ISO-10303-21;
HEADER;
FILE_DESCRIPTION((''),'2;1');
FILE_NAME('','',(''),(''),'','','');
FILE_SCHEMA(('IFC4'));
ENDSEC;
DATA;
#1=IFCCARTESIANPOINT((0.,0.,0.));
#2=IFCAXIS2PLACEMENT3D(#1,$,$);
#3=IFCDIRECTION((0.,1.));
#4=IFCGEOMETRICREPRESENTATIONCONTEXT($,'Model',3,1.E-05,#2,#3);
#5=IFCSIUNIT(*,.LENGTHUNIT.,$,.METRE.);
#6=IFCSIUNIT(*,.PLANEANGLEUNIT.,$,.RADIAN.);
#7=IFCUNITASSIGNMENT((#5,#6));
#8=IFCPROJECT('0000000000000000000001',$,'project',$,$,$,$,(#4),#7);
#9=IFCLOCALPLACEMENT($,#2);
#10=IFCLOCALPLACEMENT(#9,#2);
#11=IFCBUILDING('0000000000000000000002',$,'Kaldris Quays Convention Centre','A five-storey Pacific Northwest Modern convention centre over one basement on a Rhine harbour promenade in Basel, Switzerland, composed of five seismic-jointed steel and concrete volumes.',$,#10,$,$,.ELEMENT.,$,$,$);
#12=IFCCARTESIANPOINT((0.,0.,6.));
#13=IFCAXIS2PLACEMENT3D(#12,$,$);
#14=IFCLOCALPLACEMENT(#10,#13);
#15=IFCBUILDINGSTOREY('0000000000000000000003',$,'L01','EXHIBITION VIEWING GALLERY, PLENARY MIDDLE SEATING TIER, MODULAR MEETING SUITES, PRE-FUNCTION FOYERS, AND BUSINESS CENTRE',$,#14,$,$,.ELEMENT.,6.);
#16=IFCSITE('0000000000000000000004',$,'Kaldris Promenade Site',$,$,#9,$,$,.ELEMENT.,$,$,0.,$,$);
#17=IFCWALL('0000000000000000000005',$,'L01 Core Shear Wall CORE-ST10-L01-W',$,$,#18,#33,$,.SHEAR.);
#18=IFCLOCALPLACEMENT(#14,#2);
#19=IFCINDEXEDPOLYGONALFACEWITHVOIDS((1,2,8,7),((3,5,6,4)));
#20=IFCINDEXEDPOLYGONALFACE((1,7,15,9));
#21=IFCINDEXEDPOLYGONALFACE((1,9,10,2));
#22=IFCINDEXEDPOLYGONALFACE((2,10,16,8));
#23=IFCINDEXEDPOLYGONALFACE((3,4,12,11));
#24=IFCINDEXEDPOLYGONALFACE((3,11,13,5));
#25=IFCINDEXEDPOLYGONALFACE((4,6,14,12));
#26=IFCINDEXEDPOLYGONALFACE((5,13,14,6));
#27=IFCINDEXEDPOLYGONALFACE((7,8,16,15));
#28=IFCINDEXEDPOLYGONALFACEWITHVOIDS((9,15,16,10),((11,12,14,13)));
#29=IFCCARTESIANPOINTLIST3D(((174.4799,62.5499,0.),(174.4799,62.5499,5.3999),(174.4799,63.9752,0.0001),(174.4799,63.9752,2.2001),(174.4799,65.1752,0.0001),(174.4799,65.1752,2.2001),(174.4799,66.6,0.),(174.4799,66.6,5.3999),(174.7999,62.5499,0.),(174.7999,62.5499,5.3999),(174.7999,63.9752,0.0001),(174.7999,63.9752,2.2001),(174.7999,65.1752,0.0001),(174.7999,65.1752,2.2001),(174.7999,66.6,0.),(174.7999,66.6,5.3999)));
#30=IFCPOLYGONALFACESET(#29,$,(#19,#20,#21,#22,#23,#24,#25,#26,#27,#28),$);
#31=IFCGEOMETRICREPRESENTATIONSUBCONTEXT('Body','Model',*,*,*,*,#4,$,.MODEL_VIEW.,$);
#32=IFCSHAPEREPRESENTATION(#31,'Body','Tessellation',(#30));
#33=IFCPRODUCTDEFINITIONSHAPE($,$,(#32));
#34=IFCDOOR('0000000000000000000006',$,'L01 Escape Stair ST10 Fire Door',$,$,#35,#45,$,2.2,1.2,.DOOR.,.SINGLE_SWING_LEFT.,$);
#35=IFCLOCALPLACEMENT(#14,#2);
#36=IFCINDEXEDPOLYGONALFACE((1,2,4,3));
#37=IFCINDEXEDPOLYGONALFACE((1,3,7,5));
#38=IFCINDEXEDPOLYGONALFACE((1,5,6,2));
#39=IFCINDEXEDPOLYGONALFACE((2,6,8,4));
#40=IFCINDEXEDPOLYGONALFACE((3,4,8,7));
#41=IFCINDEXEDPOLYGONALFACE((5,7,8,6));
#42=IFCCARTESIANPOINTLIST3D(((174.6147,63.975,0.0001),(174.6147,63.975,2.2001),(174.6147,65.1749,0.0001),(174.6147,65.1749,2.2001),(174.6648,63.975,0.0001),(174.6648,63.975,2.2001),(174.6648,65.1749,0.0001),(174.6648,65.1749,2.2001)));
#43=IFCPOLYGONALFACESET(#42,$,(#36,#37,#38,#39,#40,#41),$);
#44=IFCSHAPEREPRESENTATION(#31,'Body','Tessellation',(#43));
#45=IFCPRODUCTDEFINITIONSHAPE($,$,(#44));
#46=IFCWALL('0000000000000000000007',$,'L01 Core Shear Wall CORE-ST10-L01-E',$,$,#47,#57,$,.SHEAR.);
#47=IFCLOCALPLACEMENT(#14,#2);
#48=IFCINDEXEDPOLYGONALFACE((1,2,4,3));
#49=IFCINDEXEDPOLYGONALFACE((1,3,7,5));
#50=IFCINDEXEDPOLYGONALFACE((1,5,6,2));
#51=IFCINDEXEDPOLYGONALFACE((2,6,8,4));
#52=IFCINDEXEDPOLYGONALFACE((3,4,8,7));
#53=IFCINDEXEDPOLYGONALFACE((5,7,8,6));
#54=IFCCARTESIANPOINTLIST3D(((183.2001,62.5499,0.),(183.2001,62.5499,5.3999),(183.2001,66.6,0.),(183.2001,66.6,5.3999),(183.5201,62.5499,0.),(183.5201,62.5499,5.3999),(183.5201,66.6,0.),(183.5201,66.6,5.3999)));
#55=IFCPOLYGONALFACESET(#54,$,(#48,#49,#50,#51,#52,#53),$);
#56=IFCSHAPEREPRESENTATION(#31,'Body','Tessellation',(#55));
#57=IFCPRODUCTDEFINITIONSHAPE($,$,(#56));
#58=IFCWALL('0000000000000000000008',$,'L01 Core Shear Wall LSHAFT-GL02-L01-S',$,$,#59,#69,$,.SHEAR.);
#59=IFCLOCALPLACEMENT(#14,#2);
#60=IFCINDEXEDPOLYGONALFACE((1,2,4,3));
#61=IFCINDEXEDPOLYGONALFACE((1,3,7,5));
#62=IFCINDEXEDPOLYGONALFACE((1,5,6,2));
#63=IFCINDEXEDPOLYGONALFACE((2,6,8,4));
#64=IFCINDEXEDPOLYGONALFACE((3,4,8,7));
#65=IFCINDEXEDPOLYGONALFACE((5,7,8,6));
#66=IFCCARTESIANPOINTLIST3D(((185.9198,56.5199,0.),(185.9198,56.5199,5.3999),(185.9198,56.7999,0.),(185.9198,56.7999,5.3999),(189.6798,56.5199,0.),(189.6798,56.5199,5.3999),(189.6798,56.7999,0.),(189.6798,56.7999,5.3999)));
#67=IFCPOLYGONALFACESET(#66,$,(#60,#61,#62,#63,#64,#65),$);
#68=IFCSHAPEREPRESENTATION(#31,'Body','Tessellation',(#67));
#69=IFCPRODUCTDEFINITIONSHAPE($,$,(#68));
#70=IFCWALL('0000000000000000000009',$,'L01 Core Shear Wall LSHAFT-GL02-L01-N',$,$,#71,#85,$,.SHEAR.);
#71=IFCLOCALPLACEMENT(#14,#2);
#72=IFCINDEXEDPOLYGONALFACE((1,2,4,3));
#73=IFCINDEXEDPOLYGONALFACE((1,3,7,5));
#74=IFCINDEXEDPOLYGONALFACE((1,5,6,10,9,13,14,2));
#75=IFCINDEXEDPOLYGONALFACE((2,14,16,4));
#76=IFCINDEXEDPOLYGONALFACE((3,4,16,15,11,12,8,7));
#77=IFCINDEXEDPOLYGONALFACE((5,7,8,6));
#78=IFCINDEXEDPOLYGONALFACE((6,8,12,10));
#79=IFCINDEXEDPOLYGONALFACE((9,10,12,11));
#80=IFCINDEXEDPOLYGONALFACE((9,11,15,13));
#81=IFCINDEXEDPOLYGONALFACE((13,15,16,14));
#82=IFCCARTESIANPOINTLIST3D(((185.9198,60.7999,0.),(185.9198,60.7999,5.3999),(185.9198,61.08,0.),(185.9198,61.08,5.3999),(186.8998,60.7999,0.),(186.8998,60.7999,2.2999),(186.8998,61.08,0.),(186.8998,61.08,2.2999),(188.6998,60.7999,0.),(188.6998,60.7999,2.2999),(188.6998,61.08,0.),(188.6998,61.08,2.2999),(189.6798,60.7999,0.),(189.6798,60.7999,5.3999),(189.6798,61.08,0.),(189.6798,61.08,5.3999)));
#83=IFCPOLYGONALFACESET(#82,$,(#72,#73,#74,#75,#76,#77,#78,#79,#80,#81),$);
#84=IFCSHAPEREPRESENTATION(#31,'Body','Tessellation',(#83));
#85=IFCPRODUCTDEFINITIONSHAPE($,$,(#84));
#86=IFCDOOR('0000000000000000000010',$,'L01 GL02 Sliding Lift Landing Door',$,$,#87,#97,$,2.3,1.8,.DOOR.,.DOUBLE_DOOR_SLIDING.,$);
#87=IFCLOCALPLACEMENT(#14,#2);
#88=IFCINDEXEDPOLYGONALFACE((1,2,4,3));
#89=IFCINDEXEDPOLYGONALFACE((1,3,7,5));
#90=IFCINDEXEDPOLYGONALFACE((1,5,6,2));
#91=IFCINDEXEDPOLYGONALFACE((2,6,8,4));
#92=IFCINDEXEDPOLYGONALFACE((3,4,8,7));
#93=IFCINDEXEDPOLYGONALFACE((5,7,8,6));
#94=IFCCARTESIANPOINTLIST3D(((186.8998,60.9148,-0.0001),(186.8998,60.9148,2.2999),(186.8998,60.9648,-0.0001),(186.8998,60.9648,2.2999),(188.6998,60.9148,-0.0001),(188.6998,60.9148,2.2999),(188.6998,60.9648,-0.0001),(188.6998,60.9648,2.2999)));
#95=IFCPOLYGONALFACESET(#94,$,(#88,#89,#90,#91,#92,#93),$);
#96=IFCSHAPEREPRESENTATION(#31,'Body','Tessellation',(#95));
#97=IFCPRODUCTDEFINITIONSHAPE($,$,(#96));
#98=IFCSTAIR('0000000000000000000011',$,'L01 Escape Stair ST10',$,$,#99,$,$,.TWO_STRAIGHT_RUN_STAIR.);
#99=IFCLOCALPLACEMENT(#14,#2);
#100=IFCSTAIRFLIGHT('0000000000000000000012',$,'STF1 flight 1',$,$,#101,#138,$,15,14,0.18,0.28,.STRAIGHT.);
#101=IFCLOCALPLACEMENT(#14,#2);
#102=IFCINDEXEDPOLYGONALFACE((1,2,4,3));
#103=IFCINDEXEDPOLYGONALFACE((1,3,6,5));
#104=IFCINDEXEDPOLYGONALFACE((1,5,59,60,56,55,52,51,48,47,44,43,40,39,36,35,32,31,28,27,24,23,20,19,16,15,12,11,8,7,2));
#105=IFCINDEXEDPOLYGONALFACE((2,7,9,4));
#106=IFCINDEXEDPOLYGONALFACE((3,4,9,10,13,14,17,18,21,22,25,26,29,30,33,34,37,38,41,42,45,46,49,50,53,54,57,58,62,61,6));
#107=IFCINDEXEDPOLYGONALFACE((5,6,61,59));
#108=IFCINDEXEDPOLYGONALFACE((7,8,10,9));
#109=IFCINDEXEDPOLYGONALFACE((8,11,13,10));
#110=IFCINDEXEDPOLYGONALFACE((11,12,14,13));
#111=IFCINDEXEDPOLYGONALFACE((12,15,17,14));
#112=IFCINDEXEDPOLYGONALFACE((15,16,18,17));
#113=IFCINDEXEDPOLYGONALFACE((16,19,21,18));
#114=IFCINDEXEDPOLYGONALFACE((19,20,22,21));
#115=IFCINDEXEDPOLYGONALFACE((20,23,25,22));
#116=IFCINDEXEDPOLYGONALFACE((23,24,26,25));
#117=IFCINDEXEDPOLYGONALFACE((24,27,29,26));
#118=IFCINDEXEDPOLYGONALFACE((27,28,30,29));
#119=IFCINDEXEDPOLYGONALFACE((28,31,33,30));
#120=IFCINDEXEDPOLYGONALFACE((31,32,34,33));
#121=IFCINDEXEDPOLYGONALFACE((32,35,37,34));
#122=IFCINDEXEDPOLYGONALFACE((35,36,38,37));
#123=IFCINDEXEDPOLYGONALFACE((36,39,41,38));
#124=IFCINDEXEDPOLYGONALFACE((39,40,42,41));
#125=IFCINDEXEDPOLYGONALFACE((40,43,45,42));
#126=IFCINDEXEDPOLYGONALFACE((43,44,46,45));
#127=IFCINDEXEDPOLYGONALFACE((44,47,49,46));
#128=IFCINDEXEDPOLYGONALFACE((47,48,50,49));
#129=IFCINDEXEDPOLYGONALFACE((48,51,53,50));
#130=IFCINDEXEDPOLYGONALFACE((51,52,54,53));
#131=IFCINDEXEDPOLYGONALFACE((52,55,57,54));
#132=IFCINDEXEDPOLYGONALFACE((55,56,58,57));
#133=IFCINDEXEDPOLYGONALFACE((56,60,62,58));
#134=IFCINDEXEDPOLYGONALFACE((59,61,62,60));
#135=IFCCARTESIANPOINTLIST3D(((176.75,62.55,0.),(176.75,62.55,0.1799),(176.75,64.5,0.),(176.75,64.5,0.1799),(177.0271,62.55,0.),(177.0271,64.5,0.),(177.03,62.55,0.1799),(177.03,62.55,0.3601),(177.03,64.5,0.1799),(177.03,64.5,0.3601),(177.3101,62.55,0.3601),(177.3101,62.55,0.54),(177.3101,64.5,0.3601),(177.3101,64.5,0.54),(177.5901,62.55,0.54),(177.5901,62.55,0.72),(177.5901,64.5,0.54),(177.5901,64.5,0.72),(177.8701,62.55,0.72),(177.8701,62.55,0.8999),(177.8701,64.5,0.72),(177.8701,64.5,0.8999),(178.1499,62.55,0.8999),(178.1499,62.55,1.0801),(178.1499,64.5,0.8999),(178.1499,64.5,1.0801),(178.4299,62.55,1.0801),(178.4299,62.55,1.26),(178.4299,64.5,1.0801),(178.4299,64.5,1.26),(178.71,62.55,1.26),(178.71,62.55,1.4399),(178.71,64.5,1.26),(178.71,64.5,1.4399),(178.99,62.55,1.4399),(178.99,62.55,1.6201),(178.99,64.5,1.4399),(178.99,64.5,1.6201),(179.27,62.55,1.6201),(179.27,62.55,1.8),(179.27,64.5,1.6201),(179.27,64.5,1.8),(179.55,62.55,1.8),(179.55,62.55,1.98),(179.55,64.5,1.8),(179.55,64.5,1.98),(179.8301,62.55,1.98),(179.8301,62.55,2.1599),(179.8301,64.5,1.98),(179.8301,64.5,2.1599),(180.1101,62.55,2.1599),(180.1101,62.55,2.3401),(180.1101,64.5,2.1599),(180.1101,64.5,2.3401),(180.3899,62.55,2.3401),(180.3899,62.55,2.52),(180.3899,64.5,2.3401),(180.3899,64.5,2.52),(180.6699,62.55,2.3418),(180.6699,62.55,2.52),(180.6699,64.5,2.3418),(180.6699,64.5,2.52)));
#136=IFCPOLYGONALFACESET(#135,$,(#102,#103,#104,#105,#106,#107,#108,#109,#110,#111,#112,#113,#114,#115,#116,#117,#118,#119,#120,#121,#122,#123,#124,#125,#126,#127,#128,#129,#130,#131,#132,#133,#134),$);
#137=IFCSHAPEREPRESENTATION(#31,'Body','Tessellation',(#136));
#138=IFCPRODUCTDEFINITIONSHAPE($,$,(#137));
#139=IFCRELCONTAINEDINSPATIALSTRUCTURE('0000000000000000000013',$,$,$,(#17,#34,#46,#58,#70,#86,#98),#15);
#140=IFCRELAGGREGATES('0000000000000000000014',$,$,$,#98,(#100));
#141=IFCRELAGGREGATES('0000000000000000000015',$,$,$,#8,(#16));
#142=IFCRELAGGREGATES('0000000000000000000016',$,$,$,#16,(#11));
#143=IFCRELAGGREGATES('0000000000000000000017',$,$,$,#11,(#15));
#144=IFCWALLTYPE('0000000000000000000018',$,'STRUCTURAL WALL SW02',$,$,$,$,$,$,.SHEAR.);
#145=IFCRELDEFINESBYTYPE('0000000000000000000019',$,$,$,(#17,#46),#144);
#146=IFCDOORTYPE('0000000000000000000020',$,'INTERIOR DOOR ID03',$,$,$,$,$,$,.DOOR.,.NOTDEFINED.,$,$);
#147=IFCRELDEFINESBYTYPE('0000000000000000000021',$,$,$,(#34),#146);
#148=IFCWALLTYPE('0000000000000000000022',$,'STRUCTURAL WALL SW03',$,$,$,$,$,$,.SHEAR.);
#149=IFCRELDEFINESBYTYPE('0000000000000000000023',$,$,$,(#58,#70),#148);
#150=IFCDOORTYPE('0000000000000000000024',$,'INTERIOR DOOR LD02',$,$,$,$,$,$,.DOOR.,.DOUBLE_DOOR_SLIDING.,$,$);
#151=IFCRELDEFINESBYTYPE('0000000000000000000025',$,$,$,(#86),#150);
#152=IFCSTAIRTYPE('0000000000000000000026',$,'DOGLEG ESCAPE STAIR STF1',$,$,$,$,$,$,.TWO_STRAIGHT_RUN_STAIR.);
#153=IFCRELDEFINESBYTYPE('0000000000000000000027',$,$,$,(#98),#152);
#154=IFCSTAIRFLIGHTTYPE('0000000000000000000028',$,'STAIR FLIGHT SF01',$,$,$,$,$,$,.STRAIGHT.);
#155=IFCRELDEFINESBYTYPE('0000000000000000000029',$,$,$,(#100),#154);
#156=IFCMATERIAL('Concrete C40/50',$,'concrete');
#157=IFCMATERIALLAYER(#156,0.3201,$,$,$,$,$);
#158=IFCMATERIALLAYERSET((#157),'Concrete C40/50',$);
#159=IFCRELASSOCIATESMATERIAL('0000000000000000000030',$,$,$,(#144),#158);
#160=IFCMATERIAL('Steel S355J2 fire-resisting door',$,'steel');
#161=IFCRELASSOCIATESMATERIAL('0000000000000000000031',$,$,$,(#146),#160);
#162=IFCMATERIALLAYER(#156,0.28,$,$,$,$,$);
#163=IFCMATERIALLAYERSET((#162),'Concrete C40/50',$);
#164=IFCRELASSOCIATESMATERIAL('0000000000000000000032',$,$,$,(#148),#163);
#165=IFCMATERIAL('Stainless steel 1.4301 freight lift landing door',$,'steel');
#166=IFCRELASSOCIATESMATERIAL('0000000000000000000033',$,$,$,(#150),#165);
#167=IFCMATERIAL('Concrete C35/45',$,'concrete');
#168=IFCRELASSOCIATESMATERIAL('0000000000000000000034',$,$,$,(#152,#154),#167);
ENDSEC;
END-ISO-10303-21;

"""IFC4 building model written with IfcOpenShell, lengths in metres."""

from ifc_helpers import new_model, si_unit, direction, frame, frame_2d, origin, place, context, subcontext, project, spatial, polyline, rectangle, outline, extrude, material, layer, layer_set, type_object, element, fill, aggregate, save


model = new_model("IFC4")

# Units and contexts
model_context = context("Model", 3, precision=1e-05, world=origin(), true_north=direction((0.0, 1.0)))
body_context = subcontext(model_context, "Body", "Model", "MODEL_VIEW")
ifc_project = project(units=[si_unit("LENGTHUNIT", "METRE"), si_unit("PLANEANGLEUNIT", "RADIAN")], contexts=[model_context])

# Site, building, storey
site_placement = place(None, origin())
site = spatial("IfcSite", under=ifc_project, at=site_placement, Name="Kaldris Promenade Site", CompositionType="ELEMENT", RefElevation=0.0)
building_placement = place(site_placement, origin())
building = spatial("IfcBuilding", under=site, at=building_placement, Name="Kaldris Quays Convention Centre", Description="A five-storey Pacific Northwest Modern convention centre over one basement on a Rhine harbour promenade in Basel, Switzerland, composed of five seismic-jointed steel and concrete volumes.", CompositionType="ELEMENT")
storey_placement = place(building_placement, frame((0.0, 0.0, 6.0)))
storey = spatial("IfcBuildingStorey", under=building, at=storey_placement, Name="L01", Description="EXHIBITION VIEWING GALLERY, PLENARY MIDDLE SEATING TIER, MODULAR MEETING SUITES, PRE-FUNCTION FOYERS, AND BUSINESS CENTRE", CompositionType="ELEMENT", Elevation=6.0)

# Wall, opening, door
ifc_material_1 = material(Name="Concrete C40/50", Category="concrete")
ifc_layer_1 = layer(ifc_material_1, 0.3201)
ifc_layer_set_1 = layer_set([ifc_layer_1], Name="Concrete C40/50")
wall_type_1 = type_object("IfcWallType", Name="STRUCTURAL WALL SW02", PredefinedType="SHEAR", material=ifc_layer_set_1)
wall_1_placement = place(storey_placement, frame((174.6399, 62.55, 0.0), z_axis=(0.0, 0.0, 1.0), x_axis=(0.0, 1.0, 0.0)))
wall_1 = element("IfcWall", 1, at=wall_1_placement, inside=storey, type_object=wall_type_1, Name="L01 Core Shear Wall CORE-ST10-L01-W", PredefinedType="SHEAR", context=body_context, shape_type="SweptSolid", body=[
    extrude(rectangle(XDim=4.05, YDim=0.3201, at=frame_2d((2.0249, 0.0))), origin(), (0.0, 0.0, 1.0), 5.3999),
])
opening_1_placement = place(wall_1_placement, frame((1.425, 0.0, 0.0)))
opening_1 = element("IfcOpeningElement", 2, at=opening_1_placement, cuts=wall_1, PredefinedType="OPENING", context=body_context, shape_type="SweptSolid", body=[
    extrude(rectangle(XDim=1.2, YDim=2.2, at=frame_2d((0.6001, 1.1001))), frame((0.0, 0.1699, 0.0), z_axis=(0.0, -1.0, 0.0), x_axis=(1.0, 0.0, 0.0)), (0.0, 0.0, 1.0), 0.3401),
])
ifc_material_2 = material(Name="Steel S355J2 fire-resisting door", Category="steel")
door_type_1 = type_object("IfcDoorType", Name="INTERIOR DOOR ID03", OperationType="NOTDEFINED", PredefinedType="DOOR", material=ifc_material_2)
door_1_placement = place(opening_1_placement, frame((1.2, 0.0, 0.0), z_axis=(0.0, 0.0, 1.0), x_axis=(-1.0, 0.0, 0.0)))
door_1 = element("IfcDoor", 3, at=door_1_placement, inside=storey, type_object=door_type_1, Name="L01 Escape Stair ST10 Fire Door", OperationType="SINGLE_SWING_LEFT", OverallHeight=2.2, OverallWidth=1.2, PredefinedType="DOOR", context=body_context, shape_type="SweptSolid", body=[
    extrude(rectangle(XDim=1.2, YDim=2.2, at=frame_2d((0.6001, 1.1001))), frame((0.0, 0.0249, 0.0), z_axis=(0.0, -1.0, 0.0), x_axis=(1.0, 0.0, 0.0)), (0.0, 0.0, 1.0), 0.05),
])
fill(opening_1, door_1)

# Walls
wall_2_placement = place(storey_placement, frame((183.3601, 62.55, 0.0), z_axis=(0.0, 0.0, 1.0), x_axis=(0.0, 1.0, 0.0)))
element("IfcWall", 4, at=wall_2_placement, inside=storey, type_object=wall_type_1, Name="L01 Core Shear Wall CORE-ST10-L01-E", PredefinedType="SHEAR", context=body_context, shape_type="SweptSolid", body=[
    extrude(rectangle(XDim=4.05, YDim=0.3201, at=frame_2d((2.0249, 0.0))), origin(), (0.0, 0.0, 1.0), 5.3999),
])
ifc_layer_2 = layer(ifc_material_1, 0.28)
ifc_layer_set_2 = layer_set([ifc_layer_2], Name="Concrete C40/50")
wall_type_2 = type_object("IfcWallType", Name="STRUCTURAL WALL SW03", PredefinedType="SHEAR", material=ifc_layer_set_2)
wall_3_placement = place(storey_placement, frame((185.9199, 56.6599, 0.0), z_axis=(0.0, 0.0, 1.0), x_axis=(1.0, 0.0, 0.0)))
element("IfcWall", 5, at=wall_3_placement, inside=storey, type_object=wall_type_2, Name="L01 Core Shear Wall LSHAFT-GL02-L01-S", PredefinedType="SHEAR", context=body_context, shape_type="SweptSolid", body=[
    extrude(rectangle(XDim=3.76, YDim=0.28, at=frame_2d((1.8799, 0.0))), origin(), (0.0, 0.0, 1.0), 5.3999),
])

# Wall, opening, door
wall_4_placement = place(storey_placement, frame((185.9199, 60.9399, 0.0), z_axis=(0.0, 0.0, 1.0), x_axis=(1.0, 0.0, 0.0)))
wall_4 = element("IfcWall", 6, at=wall_4_placement, inside=storey, type_object=wall_type_2, Name="L01 Core Shear Wall LSHAFT-GL02-L01-N", PredefinedType="SHEAR", context=body_context, shape_type="SweptSolid", body=[
    extrude(rectangle(XDim=3.76, YDim=0.28, at=frame_2d((1.8799, 0.0))), origin(), (0.0, 0.0, 1.0), 5.3999),
])
opening_2_placement = place(wall_4_placement, frame((0.98, 0.0, 0.0)))
opening_2 = element("IfcOpeningElement", 7, at=opening_2_placement, cuts=wall_4, PredefinedType="OPENING", context=body_context, shape_type="SweptSolid", body=[
    extrude(rectangle(XDim=1.8, YDim=2.3, at=frame_2d((0.8999, 1.1499))), frame((0.0, 0.1499, 0.0), z_axis=(0.0, -1.0, 0.0), x_axis=(1.0, 0.0, 0.0)), (0.0, 0.0, 1.0), 0.3),
])
ifc_material_3 = material(Name="Stainless steel 1.4301 freight lift landing door", Category="steel")
door_type_2 = type_object("IfcDoorType", Name="INTERIOR DOOR LD02", OperationType="DOUBLE_DOOR_SLIDING", PredefinedType="DOOR", material=ifc_material_3)
door_2_placement = place(opening_2_placement, origin())
door_2 = element("IfcDoor", 8, at=door_2_placement, inside=storey, type_object=door_type_2, Name="L01 GL02 Sliding Lift Landing Door", OperationType="DOUBLE_DOOR_SLIDING", OverallHeight=2.3, OverallWidth=1.8, PredefinedType="DOOR", context=body_context, shape_type="SweptSolid", body=[
    extrude(rectangle(XDim=1.8, YDim=2.3, at=frame_2d((0.8999, 1.1499))), frame((0.0, 0.0249, 0.0), z_axis=(0.0, -1.0, 0.0), x_axis=(1.0, 0.0, 0.0)), (0.0, 0.0, 1.0), 0.05),
])
fill(opening_2, door_2)

# Stair, stair flight
ifc_material_4 = material(Name="Concrete C35/45", Category="concrete")
stair_type = type_object("IfcStairType", Name="DOGLEG ESCAPE STAIR STF1", PredefinedType="TWO_STRAIGHT_RUN_STAIR", material=ifc_material_4)
stair_placement = place(storey_placement, origin())
stair = element("IfcStair", 9, at=stair_placement, inside=storey, type_object=stair_type, Name="L01 Escape Stair ST10", PredefinedType="TWO_STRAIGHT_RUN_STAIR")
stair_flight_type = type_object("IfcStairFlightType", Name="STAIR FLIGHT SF01", PredefinedType="STRAIGHT", material=ifc_material_4)
stair_flight_placement = place(storey_placement, frame((176.75, 63.5249, 0.0), z_axis=(0.0, 0.0, 1.0), x_axis=(1.0, 0.0, 0.0)))
stair_flight = element("IfcStairFlight", 10, at=stair_flight_placement, type_object=stair_flight_type, Name="STF1 flight 1", NumberOfRisers=15, NumberOfTreads=14, PredefinedType="STRAIGHT", RiserHeight=0.18, TreadLength=0.28, context=body_context, shape_type="SweptSolid", body=[
    extrude(outline(polyline([(0.0, 0.0), (0.0, 0.1799), (0.28, 0.1799), (0.28, 0.3601), (0.5601, 0.3601), (0.5601, 0.54), (0.8401, 0.54), (0.8401, 0.72), (1.1201, 0.72), (1.1201, 0.8999), (1.3999, 0.8999), (1.3999, 1.0801), (1.6799, 1.0801), (1.6799, 1.26), (1.96, 1.26), (1.96, 1.4399), (2.24, 1.4399), (2.24, 1.6201), (2.52, 1.6201), (2.52, 1.8), (2.8, 1.8), (2.8, 1.98), (3.0801, 1.98), (3.0801, 2.1599), (3.3601, 2.1599), (3.3601, 2.3401), (3.6399, 2.3401), (3.6399, 2.52), (3.9199, 2.52), (3.9199, 2.7), (3.9199, 2.3418), (0.2771, 0.0), (0.0, 0.0)])), frame((0.0, 0.9751, 0.0), z_axis=(0.0, -1.0, 0.0), x_axis=(1.0, 0.0, 0.0)), (0.0, 0.0, 1.0), 1.95),
])
aggregate(stair, [stair_flight])

save(model, "model.ifc")
